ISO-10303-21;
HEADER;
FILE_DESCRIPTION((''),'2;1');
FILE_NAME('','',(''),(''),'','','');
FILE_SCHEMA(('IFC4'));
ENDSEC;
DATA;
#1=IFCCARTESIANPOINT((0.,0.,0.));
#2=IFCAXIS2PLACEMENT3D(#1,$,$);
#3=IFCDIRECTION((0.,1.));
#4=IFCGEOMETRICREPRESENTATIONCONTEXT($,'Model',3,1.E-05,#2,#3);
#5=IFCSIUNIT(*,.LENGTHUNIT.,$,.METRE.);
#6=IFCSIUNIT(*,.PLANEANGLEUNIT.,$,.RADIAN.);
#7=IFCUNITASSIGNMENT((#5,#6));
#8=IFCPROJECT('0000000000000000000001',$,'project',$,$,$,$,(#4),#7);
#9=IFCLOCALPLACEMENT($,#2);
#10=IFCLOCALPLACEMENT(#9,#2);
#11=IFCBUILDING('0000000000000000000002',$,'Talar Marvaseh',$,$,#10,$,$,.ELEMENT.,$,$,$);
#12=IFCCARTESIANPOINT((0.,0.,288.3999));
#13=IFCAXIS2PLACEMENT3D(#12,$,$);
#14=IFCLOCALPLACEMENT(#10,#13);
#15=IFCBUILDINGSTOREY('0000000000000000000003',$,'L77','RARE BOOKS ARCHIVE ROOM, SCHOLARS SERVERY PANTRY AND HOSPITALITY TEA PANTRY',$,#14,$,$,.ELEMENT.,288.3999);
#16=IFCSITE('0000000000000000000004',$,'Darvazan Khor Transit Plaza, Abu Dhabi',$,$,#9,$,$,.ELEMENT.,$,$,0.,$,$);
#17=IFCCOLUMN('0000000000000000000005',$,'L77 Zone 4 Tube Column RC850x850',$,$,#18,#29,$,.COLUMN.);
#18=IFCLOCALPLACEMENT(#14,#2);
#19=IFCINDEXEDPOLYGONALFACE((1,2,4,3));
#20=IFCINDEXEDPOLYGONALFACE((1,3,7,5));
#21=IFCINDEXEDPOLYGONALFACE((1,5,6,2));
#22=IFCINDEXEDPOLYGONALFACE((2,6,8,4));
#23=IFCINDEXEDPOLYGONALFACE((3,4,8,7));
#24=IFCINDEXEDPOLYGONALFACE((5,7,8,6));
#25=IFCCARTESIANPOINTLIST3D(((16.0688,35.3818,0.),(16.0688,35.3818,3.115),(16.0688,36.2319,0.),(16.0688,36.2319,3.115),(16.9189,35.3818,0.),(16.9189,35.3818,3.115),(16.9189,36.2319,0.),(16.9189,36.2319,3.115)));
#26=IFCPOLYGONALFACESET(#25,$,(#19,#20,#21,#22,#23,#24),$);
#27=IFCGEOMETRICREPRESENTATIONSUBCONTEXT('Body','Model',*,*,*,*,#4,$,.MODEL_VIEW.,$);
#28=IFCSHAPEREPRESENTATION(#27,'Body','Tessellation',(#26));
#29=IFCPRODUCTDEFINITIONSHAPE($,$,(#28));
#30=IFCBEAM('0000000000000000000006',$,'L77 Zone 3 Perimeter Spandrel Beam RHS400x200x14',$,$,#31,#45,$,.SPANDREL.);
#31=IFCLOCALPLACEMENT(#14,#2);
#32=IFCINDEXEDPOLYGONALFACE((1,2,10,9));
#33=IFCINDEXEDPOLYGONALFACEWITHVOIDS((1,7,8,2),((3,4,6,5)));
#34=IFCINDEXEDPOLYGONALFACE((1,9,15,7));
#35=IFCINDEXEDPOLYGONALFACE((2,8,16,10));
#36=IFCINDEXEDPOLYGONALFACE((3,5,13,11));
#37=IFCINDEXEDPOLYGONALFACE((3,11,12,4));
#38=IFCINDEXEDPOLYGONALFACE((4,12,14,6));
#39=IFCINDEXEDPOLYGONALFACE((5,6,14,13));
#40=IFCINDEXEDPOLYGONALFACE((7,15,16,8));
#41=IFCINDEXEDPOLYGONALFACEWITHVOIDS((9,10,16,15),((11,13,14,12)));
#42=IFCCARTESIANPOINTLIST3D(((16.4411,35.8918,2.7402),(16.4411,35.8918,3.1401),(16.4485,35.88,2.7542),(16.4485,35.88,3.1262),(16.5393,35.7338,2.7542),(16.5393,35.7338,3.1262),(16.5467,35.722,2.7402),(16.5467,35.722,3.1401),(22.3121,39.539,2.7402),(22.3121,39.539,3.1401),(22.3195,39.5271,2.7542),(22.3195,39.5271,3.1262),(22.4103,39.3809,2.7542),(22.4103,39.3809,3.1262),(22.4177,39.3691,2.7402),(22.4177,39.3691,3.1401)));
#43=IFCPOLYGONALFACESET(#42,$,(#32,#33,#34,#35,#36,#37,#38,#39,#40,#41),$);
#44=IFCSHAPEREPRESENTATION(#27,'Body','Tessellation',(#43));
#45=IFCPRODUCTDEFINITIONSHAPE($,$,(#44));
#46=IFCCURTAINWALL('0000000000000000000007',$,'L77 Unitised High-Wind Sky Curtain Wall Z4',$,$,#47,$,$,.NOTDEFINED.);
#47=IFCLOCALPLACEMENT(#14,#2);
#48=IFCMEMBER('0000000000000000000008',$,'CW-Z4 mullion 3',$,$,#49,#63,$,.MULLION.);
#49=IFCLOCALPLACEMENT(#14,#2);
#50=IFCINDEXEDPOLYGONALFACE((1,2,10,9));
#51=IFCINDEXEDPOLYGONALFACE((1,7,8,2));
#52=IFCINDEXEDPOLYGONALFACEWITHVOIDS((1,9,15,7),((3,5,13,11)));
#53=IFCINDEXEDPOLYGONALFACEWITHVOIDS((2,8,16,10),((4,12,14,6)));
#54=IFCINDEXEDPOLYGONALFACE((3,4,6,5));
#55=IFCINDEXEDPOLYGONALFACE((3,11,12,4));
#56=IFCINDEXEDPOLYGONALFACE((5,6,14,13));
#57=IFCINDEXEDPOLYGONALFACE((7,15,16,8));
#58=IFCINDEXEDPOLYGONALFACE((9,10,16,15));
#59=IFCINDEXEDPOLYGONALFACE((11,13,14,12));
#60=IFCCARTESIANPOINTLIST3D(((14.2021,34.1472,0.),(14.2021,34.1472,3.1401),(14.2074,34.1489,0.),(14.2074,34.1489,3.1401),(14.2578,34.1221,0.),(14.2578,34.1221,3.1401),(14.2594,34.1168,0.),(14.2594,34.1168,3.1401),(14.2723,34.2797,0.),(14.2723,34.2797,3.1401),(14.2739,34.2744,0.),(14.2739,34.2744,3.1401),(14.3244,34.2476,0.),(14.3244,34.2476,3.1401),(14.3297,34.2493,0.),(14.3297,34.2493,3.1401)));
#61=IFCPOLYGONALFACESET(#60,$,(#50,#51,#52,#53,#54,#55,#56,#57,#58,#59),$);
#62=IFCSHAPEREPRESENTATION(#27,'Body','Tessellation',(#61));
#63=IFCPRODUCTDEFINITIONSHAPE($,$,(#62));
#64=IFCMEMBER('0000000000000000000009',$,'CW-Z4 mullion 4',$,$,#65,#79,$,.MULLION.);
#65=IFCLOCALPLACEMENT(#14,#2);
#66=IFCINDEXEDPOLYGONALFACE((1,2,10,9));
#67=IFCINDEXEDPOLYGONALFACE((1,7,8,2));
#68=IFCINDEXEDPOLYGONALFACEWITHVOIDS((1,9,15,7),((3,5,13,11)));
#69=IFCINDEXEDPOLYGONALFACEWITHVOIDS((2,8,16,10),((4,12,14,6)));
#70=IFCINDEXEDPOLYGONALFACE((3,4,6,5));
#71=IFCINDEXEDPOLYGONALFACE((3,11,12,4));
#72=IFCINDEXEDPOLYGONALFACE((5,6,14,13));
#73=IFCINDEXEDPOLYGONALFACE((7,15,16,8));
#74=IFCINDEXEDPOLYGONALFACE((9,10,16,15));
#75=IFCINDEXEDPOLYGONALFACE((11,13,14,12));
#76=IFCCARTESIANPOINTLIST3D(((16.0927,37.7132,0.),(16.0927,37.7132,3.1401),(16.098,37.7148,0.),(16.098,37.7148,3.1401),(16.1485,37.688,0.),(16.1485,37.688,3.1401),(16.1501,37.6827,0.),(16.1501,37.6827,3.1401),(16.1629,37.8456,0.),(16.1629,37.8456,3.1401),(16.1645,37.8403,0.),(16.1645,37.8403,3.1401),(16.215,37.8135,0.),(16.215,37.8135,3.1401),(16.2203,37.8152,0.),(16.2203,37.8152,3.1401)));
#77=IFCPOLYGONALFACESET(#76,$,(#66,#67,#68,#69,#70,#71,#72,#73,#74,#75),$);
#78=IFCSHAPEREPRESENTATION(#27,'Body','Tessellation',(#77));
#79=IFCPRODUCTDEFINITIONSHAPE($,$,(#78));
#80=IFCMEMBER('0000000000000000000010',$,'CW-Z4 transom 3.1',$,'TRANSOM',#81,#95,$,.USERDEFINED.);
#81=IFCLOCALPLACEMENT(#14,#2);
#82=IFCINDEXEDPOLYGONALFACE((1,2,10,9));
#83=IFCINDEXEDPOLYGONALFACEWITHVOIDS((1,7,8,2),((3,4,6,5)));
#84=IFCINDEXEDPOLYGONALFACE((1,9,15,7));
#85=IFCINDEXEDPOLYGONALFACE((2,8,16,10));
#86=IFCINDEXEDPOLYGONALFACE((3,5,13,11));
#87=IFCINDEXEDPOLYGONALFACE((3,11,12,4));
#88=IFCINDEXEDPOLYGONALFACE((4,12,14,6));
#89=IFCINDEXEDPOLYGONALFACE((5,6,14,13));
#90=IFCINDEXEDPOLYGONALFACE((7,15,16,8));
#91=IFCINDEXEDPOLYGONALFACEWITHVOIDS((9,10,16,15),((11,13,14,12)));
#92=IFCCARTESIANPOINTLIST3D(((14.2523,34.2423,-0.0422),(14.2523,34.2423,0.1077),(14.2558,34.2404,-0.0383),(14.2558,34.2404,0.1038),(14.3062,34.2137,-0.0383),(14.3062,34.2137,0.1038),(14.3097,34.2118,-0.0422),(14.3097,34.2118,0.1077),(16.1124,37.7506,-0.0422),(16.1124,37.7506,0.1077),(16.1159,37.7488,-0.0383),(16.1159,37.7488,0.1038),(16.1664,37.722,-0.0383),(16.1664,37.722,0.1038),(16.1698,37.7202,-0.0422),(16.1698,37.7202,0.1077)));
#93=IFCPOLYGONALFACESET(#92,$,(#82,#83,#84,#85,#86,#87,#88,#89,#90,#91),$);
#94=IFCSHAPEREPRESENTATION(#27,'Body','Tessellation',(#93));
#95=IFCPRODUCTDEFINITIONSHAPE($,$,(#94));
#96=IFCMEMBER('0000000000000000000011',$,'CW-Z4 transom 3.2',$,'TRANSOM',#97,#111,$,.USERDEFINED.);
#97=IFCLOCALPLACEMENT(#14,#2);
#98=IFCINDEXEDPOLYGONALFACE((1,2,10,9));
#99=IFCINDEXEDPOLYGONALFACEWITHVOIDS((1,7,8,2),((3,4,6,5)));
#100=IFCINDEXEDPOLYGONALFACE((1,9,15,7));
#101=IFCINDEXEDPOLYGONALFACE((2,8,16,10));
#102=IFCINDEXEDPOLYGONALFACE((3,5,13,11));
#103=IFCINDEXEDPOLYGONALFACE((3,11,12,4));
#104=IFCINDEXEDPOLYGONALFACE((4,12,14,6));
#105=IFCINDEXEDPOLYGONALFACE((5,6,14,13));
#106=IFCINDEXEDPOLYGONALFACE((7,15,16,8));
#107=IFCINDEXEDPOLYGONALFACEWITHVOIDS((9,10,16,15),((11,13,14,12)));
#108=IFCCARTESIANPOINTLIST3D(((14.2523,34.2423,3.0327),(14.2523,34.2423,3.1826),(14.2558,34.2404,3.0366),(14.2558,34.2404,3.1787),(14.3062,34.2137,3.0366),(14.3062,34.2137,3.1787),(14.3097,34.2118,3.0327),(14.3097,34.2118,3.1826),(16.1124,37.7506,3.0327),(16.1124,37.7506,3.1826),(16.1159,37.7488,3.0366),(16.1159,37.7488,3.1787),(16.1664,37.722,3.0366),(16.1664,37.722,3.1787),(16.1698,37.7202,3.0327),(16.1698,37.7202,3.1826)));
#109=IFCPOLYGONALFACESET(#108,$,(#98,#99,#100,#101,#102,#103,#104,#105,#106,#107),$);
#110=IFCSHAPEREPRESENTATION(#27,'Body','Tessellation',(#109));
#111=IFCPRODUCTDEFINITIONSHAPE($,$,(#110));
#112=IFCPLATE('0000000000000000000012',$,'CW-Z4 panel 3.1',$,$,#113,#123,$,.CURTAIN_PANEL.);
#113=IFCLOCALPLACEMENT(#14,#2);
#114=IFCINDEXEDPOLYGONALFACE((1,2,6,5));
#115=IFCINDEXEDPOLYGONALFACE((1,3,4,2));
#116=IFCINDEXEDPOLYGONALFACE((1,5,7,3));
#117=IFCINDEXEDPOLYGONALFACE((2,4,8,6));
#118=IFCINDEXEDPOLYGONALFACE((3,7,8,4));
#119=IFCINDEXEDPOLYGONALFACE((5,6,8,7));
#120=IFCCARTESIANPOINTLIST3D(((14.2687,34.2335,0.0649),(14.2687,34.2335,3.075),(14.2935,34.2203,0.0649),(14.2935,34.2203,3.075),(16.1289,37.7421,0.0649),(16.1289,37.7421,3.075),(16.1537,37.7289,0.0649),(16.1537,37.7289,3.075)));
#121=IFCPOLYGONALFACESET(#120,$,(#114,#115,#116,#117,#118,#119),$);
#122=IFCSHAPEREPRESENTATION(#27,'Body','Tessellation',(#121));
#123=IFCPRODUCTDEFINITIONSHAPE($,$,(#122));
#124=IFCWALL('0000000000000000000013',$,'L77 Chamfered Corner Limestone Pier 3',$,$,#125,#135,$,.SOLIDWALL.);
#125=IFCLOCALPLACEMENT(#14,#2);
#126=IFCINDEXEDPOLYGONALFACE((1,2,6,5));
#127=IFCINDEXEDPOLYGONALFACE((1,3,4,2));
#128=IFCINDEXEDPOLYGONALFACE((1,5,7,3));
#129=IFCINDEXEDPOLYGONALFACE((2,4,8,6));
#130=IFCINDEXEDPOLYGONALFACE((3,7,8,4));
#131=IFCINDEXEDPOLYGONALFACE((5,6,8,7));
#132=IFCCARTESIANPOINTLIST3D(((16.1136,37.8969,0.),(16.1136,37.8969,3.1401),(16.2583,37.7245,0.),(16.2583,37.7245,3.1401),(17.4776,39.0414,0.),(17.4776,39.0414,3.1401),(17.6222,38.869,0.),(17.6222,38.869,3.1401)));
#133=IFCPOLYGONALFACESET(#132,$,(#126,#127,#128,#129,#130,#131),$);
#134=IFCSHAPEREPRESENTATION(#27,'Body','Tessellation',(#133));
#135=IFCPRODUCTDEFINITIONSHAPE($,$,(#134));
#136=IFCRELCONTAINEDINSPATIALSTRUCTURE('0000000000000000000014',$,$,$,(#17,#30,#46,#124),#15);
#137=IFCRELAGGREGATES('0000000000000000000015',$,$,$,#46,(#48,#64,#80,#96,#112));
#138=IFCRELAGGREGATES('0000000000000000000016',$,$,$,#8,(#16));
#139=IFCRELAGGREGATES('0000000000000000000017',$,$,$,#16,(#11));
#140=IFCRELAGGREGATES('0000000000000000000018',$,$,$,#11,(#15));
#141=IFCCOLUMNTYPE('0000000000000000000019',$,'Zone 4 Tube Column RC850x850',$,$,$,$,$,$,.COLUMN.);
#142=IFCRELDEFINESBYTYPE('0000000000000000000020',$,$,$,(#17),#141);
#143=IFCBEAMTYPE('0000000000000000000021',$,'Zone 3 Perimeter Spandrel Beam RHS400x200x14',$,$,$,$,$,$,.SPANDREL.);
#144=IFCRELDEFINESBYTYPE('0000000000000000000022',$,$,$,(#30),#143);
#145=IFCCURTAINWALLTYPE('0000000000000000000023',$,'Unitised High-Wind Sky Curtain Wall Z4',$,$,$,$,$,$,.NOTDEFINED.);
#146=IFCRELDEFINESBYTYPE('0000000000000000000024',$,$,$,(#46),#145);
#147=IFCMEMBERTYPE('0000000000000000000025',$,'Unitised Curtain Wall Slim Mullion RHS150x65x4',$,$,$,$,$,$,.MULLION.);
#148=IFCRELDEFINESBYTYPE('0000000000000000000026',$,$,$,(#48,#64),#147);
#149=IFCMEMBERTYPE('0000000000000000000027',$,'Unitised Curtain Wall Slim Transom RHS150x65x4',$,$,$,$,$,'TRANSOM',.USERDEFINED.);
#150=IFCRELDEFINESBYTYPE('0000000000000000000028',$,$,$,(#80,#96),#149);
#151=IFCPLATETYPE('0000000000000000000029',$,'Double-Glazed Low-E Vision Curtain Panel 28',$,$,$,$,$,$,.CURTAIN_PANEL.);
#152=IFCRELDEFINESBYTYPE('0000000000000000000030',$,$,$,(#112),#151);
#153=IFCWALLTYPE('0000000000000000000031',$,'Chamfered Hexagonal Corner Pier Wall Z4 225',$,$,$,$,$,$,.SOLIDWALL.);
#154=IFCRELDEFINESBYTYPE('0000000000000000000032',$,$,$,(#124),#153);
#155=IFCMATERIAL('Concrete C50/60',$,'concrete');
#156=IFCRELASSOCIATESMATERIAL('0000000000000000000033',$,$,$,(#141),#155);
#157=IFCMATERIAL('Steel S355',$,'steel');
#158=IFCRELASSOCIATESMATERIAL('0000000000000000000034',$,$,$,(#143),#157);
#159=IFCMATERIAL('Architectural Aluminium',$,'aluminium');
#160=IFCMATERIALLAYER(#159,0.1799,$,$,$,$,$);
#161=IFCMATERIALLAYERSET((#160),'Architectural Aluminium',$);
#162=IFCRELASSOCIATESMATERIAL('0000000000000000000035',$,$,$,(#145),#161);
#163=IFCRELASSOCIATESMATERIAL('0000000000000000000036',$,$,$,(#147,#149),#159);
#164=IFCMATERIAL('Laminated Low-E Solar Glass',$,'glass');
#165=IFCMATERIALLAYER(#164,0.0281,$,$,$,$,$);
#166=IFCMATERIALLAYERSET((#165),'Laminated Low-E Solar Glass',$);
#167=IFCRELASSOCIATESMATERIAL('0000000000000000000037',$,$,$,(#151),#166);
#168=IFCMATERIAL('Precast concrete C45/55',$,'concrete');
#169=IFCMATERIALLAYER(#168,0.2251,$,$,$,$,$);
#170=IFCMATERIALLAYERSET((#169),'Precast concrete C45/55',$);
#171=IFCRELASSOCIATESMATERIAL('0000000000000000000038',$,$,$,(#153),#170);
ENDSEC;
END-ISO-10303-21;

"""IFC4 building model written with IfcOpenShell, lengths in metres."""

from ifc_helpers import new_model, si_unit, direction, frame, frame_2d, origin, origin_2d, place, context, subcontext, project, spatial, rectangle, hollow_rectangle, extrude, source, transform, mapped, material, layer, layer_set, material_profile, profile_set, type_object, type_shapes, element, aggregate, save


model = new_model("IFC4")

# Units and contexts
model_context = context("Model", 3, precision=1e-05, world=origin(), true_north=direction((0.0, 1.0)))
body_context = subcontext(model_context, "Body", "Model", "MODEL_VIEW")
ifc_project = project(units=[si_unit("LENGTHUNIT", "METRE"), si_unit("PLANEANGLEUNIT", "RADIAN")], contexts=[model_context])

# Site, building, storey
site_placement = place(None, origin())
site = spatial("IfcSite", under=ifc_project, at=site_placement, Name="Darvazan Khor Transit Plaza, Abu Dhabi", CompositionType="ELEMENT", RefElevation=0.0)
building_placement = place(site_placement, origin())
building = spatial("IfcBuilding", under=site, at=building_placement, Name="Talar Marvaseh", CompositionType="ELEMENT")
storey_placement = place(building_placement, frame((0.0, 0.0, 288.3999)))
storey = spatial("IfcBuildingStorey", under=building, at=storey_placement, Name="L77", Description="RARE BOOKS ARCHIVE ROOM, SCHOLARS SERVERY PANTRY AND HOSPITALITY TEA PANTRY", CompositionType="ELEMENT", Elevation=288.3999)

# Column
ifc_material_1 = material(Name="Concrete C50/60", Category="concrete")
ifc_material_profile_1 = material_profile(ifc_material_1, rectangle(XDim=0.8501, YDim=0.8501, at=origin_2d()), Name="RC850x850")
ifc_profile_set_1 = profile_set([ifc_material_profile_1], Name="Concrete C50/60")
column_type = type_object("IfcColumnType", Name="Zone 4 Tube Column RC850x850", PredefinedType="COLUMN", material=ifc_profile_set_1)
column_placement = place(storey_placement, frame((16.4939, 35.8069, 0.0), z_axis=(0.0, 0.0, 1.0), x_axis=(1.0, 0.0, 0.0)))
element("IfcColumn", 1, at=column_placement, inside=storey, type_object=column_type, Name="L77 Zone 4 Tube Column RC850x850", PredefinedType="COLUMN", context=body_context, shape_type="SweptSolid", body=[
    extrude(rectangle(XDim=0.8501, YDim=0.8501, at=origin_2d()), origin(), (0.0, 0.0, 1.0), 3.115),
])

# Beam
ifc_material_2 = material(Name="Steel S355", Category="steel")
ifc_material_profile_2 = material_profile(ifc_material_2, hollow_rectangle(XDim=0.2, YDim=0.3999, WallThickness=0.0139, at=origin_2d()), Name="RHS400x200x14")
ifc_profile_set_2 = profile_set([ifc_material_profile_2], Name="Steel S355")
beam_type = type_object("IfcBeamType", Name="Zone 3 Perimeter Spandrel Beam RHS400x200x14", PredefinedType="SPANDREL", material=ifc_profile_set_2)
beam_placement = place(storey_placement, frame((16.4939, 35.8069, 2.9402), z_axis=(0.84944, 0.527686, 0.0), x_axis=(-0.527686, 0.84944, 0.0)))
element("IfcBeam", 2, at=beam_placement, inside=storey, type_object=beam_type, Name="L77 Zone 3 Perimeter Spandrel Beam RHS400x200x14", PredefinedType="SPANDREL", context=body_context, shape_type="SweptSolid", body=[
    extrude(hollow_rectangle(XDim=0.2, YDim=0.3999, WallThickness=0.0139, at=origin_2d()), origin(), (0.0, 0.0, 1.0), 6.9116),
])

# Curtain wall, members, plate
ifc_material_3 = material(Name="Architectural Aluminium", Category="aluminium")
ifc_layer_1 = layer(ifc_material_3, 0.1799)
ifc_layer_set_1 = layer_set([ifc_layer_1], Name="Architectural Aluminium")
curtain_wall_type = type_object("IfcCurtainWallType", Name="Unitised High-Wind Sky Curtain Wall Z4", PredefinedType="NOTDEFINED", material=ifc_layer_set_1)
curtain_wall_placement = place(storey_placement, origin())
curtain_wall = element("IfcCurtainWall", 3, at=curtain_wall_placement, inside=storey, type_object=curtain_wall_type, Name="L77 Unitised High-Wind Sky Curtain Wall Z4", PredefinedType="NOTDEFINED")
ifc_material_profile_3 = material_profile(ifc_material_3, hollow_rectangle(XDim=0.0649, YDim=0.1499, WallThickness=0.0039, at=origin_2d()), Name="RHS150x65x4")
ifc_profile_set_3 = profile_set([ifc_material_profile_3], Name="Architectural Aluminium")
member_type_1 = type_object("IfcMemberType", Name="Unitised Curtain Wall Slim Mullion RHS150x65x4", PredefinedType="MULLION", material=ifc_profile_set_3)
shared_shape_1 = source(origin(), body_context, "Body", "SweptSolid", [
    extrude(hollow_rectangle(XDim=0.0649, YDim=0.1499, WallThickness=0.0039, at=origin_2d()), origin(), (0.0, 0.0, 1.0), 3.1401),
])
type_shapes(member_type_1, [shared_shape_1])
member_1_placement = place(storey_placement, frame((14.2659, 34.1982, 0.0), z_axis=(0.0, 0.0, 1.0), x_axis=(-0.883506, 0.46842, 0.0)))
member_1 = element("IfcMember", 4, at=member_1_placement, type_object=member_type_1, Name="CW-Z4 mullion 3", PredefinedType="MULLION", context=body_context, shape_type="MappedRepresentation", body=[
    mapped(shared_shape_1, transform((0.0, 0.0, 0.0), x_axis=(1.0, 0.0, 0.0), y_axis=(0.0, 1.0, 0.0), z_axis=(0.0, 0.0, 1.0), scale=1.0)),
])
member_2_placement = place(storey_placement, frame((16.1565, 37.7642, 0.0), z_axis=(0.0, 0.0, 1.0), x_axis=(-0.883506, 0.46842, 0.0)))
member_2 = element("IfcMember", 5, at=member_2_placement, type_object=member_type_1, Name="CW-Z4 mullion 4", PredefinedType="MULLION", context=body_context, shape_type="MappedRepresentation", body=[
    mapped(shared_shape_1, transform((0.0, 0.0, 0.0), x_axis=(1.0, 0.0, 0.0), y_axis=(0.0, 1.0, 0.0), z_axis=(0.0, 0.0, 1.0), scale=1.0)),
])
ifc_material_profile_4 = material_profile(ifc_material_3, hollow_rectangle(XDim=0.0649, YDim=0.1499, WallThickness=0.0039, at=origin_2d()), Name="RHS150x65x4")
ifc_profile_set_4 = profile_set([ifc_material_profile_4], Name="Architectural Aluminium")
member_type_2 = type_object("IfcMemberType", Name="Unitised Curtain Wall Slim Transom RHS150x65x4", ElementType="TRANSOM", PredefinedType="USERDEFINED", material=ifc_profile_set_4)
shared_shape_2 = source(origin(), body_context, "Body", "SweptSolid", [
    extrude(hollow_rectangle(XDim=0.0649, YDim=0.1499, WallThickness=0.0039, at=origin_2d()), origin(), (0.0, 0.0, 1.0), 3.9709),
])
type_shapes(member_type_2, [shared_shape_2])
member_3_placement = place(storey_placement, frame((14.281, 34.2271, 0.0327), z_axis=(0.468433, 0.883499, 0.0), x_axis=(-0.883499, 0.468433, 0.0)))
member_3 = element("IfcMember", 6, at=member_3_placement, type_object=member_type_2, Name="CW-Z4 transom 3.1", ObjectType="TRANSOM", PredefinedType="USERDEFINED", context=body_context, shape_type="MappedRepresentation", body=[
    mapped(shared_shape_2, transform((0.0, 0.0, 0.0), x_axis=(1.0, 0.0, 0.0), y_axis=(0.0, 1.0, 0.0), z_axis=(0.0, 0.0, 1.0), scale=1.0)),
])
member_4_placement = place(storey_placement, frame((14.281, 34.2271, 3.1077), z_axis=(0.468433, 0.883499, 0.0), x_axis=(-0.883499, 0.468433, 0.0)))
member_4 = element("IfcMember", 7, at=member_4_placement, type_object=member_type_2, Name="CW-Z4 transom 3.2", ObjectType="TRANSOM", PredefinedType="USERDEFINED", context=body_context, shape_type="MappedRepresentation", body=[
    mapped(shared_shape_2, transform((0.0, 0.0, 0.0), x_axis=(1.0, 0.0, 0.0), y_axis=(0.0, 1.0, 0.0), z_axis=(0.0, 0.0, 1.0), scale=1.0)),
])
ifc_material_4 = material(Name="Laminated Low-E Solar Glass", Category="glass")
ifc_layer_2 = layer(ifc_material_4, 0.0281)
ifc_layer_set_2 = layer_set([ifc_layer_2], Name="Laminated Low-E Solar Glass")
plate_type = type_object("IfcPlateType", Name="Double-Glazed Low-E Vision Curtain Panel 28", PredefinedType="CURTAIN_PANEL", material=ifc_layer_set_2)
shared_shape_3 = source(origin(), body_context, "Body", "SweptSolid", [
    extrude(rectangle(XDim=3.9712, YDim=0.0281, at=origin_2d()), origin(), (0.0, 0.0, 1.0), 3.01),
])
type_shapes(plate_type, [shared_shape_3])
plate_placement = place(storey_placement, frame((15.2112, 35.9812, 0.0649), z_axis=(0.0, 0.0, 1.0), x_axis=(0.46842, 0.883506, 0.0)))
plate = element("IfcPlate", 8, at=plate_placement, type_object=plate_type, Name="CW-Z4 panel 3.1", PredefinedType="CURTAIN_PANEL", context=body_context, shape_type="MappedRepresentation", body=[
    mapped(shared_shape_3, transform((0.0, 0.0, 0.0), x_axis=(1.0, 0.0, 0.0), y_axis=(0.0, 1.0, 0.0), z_axis=(0.0, 0.0, 1.0), scale=1.0)),
])
aggregate(curtain_wall, [member_1, member_2, member_3, member_4, plate])

# Wall
ifc_material_5 = material(Name="Precast concrete C45/55", Category="concrete")
ifc_layer_3 = layer(ifc_material_5, 0.2251)
ifc_layer_set_3 = layer_set([ifc_layer_3], Name="Precast concrete C45/55")
wall_type_1 = type_object("IfcWallType", Name="Chamfered Hexagonal Corner Pier Wall Z4 225", PredefinedType="SOLIDWALL", material=ifc_layer_set_3)
wall_1_placement = place(storey_placement, frame((16.186, 37.8108, 0.0), z_axis=(0.0, 0.0, 1.0), x_axis=(0.766048, 0.642784, 0.0)))
element("IfcWall", 9, at=wall_1_placement, inside=storey, type_object=wall_type_1, Name="L77 Chamfered Corner Limestone Pier 3", PredefinedType="SOLIDWALL", context=body_context, shape_type="SweptSolid", body=[
    extrude(rectangle(XDim=1.7805, YDim=0.2251, at=frame_2d((0.8901, 0.0))), origin(), (0.0, 0.0, 1.0), 3.1401),
])

save(model, "model.ifc")
